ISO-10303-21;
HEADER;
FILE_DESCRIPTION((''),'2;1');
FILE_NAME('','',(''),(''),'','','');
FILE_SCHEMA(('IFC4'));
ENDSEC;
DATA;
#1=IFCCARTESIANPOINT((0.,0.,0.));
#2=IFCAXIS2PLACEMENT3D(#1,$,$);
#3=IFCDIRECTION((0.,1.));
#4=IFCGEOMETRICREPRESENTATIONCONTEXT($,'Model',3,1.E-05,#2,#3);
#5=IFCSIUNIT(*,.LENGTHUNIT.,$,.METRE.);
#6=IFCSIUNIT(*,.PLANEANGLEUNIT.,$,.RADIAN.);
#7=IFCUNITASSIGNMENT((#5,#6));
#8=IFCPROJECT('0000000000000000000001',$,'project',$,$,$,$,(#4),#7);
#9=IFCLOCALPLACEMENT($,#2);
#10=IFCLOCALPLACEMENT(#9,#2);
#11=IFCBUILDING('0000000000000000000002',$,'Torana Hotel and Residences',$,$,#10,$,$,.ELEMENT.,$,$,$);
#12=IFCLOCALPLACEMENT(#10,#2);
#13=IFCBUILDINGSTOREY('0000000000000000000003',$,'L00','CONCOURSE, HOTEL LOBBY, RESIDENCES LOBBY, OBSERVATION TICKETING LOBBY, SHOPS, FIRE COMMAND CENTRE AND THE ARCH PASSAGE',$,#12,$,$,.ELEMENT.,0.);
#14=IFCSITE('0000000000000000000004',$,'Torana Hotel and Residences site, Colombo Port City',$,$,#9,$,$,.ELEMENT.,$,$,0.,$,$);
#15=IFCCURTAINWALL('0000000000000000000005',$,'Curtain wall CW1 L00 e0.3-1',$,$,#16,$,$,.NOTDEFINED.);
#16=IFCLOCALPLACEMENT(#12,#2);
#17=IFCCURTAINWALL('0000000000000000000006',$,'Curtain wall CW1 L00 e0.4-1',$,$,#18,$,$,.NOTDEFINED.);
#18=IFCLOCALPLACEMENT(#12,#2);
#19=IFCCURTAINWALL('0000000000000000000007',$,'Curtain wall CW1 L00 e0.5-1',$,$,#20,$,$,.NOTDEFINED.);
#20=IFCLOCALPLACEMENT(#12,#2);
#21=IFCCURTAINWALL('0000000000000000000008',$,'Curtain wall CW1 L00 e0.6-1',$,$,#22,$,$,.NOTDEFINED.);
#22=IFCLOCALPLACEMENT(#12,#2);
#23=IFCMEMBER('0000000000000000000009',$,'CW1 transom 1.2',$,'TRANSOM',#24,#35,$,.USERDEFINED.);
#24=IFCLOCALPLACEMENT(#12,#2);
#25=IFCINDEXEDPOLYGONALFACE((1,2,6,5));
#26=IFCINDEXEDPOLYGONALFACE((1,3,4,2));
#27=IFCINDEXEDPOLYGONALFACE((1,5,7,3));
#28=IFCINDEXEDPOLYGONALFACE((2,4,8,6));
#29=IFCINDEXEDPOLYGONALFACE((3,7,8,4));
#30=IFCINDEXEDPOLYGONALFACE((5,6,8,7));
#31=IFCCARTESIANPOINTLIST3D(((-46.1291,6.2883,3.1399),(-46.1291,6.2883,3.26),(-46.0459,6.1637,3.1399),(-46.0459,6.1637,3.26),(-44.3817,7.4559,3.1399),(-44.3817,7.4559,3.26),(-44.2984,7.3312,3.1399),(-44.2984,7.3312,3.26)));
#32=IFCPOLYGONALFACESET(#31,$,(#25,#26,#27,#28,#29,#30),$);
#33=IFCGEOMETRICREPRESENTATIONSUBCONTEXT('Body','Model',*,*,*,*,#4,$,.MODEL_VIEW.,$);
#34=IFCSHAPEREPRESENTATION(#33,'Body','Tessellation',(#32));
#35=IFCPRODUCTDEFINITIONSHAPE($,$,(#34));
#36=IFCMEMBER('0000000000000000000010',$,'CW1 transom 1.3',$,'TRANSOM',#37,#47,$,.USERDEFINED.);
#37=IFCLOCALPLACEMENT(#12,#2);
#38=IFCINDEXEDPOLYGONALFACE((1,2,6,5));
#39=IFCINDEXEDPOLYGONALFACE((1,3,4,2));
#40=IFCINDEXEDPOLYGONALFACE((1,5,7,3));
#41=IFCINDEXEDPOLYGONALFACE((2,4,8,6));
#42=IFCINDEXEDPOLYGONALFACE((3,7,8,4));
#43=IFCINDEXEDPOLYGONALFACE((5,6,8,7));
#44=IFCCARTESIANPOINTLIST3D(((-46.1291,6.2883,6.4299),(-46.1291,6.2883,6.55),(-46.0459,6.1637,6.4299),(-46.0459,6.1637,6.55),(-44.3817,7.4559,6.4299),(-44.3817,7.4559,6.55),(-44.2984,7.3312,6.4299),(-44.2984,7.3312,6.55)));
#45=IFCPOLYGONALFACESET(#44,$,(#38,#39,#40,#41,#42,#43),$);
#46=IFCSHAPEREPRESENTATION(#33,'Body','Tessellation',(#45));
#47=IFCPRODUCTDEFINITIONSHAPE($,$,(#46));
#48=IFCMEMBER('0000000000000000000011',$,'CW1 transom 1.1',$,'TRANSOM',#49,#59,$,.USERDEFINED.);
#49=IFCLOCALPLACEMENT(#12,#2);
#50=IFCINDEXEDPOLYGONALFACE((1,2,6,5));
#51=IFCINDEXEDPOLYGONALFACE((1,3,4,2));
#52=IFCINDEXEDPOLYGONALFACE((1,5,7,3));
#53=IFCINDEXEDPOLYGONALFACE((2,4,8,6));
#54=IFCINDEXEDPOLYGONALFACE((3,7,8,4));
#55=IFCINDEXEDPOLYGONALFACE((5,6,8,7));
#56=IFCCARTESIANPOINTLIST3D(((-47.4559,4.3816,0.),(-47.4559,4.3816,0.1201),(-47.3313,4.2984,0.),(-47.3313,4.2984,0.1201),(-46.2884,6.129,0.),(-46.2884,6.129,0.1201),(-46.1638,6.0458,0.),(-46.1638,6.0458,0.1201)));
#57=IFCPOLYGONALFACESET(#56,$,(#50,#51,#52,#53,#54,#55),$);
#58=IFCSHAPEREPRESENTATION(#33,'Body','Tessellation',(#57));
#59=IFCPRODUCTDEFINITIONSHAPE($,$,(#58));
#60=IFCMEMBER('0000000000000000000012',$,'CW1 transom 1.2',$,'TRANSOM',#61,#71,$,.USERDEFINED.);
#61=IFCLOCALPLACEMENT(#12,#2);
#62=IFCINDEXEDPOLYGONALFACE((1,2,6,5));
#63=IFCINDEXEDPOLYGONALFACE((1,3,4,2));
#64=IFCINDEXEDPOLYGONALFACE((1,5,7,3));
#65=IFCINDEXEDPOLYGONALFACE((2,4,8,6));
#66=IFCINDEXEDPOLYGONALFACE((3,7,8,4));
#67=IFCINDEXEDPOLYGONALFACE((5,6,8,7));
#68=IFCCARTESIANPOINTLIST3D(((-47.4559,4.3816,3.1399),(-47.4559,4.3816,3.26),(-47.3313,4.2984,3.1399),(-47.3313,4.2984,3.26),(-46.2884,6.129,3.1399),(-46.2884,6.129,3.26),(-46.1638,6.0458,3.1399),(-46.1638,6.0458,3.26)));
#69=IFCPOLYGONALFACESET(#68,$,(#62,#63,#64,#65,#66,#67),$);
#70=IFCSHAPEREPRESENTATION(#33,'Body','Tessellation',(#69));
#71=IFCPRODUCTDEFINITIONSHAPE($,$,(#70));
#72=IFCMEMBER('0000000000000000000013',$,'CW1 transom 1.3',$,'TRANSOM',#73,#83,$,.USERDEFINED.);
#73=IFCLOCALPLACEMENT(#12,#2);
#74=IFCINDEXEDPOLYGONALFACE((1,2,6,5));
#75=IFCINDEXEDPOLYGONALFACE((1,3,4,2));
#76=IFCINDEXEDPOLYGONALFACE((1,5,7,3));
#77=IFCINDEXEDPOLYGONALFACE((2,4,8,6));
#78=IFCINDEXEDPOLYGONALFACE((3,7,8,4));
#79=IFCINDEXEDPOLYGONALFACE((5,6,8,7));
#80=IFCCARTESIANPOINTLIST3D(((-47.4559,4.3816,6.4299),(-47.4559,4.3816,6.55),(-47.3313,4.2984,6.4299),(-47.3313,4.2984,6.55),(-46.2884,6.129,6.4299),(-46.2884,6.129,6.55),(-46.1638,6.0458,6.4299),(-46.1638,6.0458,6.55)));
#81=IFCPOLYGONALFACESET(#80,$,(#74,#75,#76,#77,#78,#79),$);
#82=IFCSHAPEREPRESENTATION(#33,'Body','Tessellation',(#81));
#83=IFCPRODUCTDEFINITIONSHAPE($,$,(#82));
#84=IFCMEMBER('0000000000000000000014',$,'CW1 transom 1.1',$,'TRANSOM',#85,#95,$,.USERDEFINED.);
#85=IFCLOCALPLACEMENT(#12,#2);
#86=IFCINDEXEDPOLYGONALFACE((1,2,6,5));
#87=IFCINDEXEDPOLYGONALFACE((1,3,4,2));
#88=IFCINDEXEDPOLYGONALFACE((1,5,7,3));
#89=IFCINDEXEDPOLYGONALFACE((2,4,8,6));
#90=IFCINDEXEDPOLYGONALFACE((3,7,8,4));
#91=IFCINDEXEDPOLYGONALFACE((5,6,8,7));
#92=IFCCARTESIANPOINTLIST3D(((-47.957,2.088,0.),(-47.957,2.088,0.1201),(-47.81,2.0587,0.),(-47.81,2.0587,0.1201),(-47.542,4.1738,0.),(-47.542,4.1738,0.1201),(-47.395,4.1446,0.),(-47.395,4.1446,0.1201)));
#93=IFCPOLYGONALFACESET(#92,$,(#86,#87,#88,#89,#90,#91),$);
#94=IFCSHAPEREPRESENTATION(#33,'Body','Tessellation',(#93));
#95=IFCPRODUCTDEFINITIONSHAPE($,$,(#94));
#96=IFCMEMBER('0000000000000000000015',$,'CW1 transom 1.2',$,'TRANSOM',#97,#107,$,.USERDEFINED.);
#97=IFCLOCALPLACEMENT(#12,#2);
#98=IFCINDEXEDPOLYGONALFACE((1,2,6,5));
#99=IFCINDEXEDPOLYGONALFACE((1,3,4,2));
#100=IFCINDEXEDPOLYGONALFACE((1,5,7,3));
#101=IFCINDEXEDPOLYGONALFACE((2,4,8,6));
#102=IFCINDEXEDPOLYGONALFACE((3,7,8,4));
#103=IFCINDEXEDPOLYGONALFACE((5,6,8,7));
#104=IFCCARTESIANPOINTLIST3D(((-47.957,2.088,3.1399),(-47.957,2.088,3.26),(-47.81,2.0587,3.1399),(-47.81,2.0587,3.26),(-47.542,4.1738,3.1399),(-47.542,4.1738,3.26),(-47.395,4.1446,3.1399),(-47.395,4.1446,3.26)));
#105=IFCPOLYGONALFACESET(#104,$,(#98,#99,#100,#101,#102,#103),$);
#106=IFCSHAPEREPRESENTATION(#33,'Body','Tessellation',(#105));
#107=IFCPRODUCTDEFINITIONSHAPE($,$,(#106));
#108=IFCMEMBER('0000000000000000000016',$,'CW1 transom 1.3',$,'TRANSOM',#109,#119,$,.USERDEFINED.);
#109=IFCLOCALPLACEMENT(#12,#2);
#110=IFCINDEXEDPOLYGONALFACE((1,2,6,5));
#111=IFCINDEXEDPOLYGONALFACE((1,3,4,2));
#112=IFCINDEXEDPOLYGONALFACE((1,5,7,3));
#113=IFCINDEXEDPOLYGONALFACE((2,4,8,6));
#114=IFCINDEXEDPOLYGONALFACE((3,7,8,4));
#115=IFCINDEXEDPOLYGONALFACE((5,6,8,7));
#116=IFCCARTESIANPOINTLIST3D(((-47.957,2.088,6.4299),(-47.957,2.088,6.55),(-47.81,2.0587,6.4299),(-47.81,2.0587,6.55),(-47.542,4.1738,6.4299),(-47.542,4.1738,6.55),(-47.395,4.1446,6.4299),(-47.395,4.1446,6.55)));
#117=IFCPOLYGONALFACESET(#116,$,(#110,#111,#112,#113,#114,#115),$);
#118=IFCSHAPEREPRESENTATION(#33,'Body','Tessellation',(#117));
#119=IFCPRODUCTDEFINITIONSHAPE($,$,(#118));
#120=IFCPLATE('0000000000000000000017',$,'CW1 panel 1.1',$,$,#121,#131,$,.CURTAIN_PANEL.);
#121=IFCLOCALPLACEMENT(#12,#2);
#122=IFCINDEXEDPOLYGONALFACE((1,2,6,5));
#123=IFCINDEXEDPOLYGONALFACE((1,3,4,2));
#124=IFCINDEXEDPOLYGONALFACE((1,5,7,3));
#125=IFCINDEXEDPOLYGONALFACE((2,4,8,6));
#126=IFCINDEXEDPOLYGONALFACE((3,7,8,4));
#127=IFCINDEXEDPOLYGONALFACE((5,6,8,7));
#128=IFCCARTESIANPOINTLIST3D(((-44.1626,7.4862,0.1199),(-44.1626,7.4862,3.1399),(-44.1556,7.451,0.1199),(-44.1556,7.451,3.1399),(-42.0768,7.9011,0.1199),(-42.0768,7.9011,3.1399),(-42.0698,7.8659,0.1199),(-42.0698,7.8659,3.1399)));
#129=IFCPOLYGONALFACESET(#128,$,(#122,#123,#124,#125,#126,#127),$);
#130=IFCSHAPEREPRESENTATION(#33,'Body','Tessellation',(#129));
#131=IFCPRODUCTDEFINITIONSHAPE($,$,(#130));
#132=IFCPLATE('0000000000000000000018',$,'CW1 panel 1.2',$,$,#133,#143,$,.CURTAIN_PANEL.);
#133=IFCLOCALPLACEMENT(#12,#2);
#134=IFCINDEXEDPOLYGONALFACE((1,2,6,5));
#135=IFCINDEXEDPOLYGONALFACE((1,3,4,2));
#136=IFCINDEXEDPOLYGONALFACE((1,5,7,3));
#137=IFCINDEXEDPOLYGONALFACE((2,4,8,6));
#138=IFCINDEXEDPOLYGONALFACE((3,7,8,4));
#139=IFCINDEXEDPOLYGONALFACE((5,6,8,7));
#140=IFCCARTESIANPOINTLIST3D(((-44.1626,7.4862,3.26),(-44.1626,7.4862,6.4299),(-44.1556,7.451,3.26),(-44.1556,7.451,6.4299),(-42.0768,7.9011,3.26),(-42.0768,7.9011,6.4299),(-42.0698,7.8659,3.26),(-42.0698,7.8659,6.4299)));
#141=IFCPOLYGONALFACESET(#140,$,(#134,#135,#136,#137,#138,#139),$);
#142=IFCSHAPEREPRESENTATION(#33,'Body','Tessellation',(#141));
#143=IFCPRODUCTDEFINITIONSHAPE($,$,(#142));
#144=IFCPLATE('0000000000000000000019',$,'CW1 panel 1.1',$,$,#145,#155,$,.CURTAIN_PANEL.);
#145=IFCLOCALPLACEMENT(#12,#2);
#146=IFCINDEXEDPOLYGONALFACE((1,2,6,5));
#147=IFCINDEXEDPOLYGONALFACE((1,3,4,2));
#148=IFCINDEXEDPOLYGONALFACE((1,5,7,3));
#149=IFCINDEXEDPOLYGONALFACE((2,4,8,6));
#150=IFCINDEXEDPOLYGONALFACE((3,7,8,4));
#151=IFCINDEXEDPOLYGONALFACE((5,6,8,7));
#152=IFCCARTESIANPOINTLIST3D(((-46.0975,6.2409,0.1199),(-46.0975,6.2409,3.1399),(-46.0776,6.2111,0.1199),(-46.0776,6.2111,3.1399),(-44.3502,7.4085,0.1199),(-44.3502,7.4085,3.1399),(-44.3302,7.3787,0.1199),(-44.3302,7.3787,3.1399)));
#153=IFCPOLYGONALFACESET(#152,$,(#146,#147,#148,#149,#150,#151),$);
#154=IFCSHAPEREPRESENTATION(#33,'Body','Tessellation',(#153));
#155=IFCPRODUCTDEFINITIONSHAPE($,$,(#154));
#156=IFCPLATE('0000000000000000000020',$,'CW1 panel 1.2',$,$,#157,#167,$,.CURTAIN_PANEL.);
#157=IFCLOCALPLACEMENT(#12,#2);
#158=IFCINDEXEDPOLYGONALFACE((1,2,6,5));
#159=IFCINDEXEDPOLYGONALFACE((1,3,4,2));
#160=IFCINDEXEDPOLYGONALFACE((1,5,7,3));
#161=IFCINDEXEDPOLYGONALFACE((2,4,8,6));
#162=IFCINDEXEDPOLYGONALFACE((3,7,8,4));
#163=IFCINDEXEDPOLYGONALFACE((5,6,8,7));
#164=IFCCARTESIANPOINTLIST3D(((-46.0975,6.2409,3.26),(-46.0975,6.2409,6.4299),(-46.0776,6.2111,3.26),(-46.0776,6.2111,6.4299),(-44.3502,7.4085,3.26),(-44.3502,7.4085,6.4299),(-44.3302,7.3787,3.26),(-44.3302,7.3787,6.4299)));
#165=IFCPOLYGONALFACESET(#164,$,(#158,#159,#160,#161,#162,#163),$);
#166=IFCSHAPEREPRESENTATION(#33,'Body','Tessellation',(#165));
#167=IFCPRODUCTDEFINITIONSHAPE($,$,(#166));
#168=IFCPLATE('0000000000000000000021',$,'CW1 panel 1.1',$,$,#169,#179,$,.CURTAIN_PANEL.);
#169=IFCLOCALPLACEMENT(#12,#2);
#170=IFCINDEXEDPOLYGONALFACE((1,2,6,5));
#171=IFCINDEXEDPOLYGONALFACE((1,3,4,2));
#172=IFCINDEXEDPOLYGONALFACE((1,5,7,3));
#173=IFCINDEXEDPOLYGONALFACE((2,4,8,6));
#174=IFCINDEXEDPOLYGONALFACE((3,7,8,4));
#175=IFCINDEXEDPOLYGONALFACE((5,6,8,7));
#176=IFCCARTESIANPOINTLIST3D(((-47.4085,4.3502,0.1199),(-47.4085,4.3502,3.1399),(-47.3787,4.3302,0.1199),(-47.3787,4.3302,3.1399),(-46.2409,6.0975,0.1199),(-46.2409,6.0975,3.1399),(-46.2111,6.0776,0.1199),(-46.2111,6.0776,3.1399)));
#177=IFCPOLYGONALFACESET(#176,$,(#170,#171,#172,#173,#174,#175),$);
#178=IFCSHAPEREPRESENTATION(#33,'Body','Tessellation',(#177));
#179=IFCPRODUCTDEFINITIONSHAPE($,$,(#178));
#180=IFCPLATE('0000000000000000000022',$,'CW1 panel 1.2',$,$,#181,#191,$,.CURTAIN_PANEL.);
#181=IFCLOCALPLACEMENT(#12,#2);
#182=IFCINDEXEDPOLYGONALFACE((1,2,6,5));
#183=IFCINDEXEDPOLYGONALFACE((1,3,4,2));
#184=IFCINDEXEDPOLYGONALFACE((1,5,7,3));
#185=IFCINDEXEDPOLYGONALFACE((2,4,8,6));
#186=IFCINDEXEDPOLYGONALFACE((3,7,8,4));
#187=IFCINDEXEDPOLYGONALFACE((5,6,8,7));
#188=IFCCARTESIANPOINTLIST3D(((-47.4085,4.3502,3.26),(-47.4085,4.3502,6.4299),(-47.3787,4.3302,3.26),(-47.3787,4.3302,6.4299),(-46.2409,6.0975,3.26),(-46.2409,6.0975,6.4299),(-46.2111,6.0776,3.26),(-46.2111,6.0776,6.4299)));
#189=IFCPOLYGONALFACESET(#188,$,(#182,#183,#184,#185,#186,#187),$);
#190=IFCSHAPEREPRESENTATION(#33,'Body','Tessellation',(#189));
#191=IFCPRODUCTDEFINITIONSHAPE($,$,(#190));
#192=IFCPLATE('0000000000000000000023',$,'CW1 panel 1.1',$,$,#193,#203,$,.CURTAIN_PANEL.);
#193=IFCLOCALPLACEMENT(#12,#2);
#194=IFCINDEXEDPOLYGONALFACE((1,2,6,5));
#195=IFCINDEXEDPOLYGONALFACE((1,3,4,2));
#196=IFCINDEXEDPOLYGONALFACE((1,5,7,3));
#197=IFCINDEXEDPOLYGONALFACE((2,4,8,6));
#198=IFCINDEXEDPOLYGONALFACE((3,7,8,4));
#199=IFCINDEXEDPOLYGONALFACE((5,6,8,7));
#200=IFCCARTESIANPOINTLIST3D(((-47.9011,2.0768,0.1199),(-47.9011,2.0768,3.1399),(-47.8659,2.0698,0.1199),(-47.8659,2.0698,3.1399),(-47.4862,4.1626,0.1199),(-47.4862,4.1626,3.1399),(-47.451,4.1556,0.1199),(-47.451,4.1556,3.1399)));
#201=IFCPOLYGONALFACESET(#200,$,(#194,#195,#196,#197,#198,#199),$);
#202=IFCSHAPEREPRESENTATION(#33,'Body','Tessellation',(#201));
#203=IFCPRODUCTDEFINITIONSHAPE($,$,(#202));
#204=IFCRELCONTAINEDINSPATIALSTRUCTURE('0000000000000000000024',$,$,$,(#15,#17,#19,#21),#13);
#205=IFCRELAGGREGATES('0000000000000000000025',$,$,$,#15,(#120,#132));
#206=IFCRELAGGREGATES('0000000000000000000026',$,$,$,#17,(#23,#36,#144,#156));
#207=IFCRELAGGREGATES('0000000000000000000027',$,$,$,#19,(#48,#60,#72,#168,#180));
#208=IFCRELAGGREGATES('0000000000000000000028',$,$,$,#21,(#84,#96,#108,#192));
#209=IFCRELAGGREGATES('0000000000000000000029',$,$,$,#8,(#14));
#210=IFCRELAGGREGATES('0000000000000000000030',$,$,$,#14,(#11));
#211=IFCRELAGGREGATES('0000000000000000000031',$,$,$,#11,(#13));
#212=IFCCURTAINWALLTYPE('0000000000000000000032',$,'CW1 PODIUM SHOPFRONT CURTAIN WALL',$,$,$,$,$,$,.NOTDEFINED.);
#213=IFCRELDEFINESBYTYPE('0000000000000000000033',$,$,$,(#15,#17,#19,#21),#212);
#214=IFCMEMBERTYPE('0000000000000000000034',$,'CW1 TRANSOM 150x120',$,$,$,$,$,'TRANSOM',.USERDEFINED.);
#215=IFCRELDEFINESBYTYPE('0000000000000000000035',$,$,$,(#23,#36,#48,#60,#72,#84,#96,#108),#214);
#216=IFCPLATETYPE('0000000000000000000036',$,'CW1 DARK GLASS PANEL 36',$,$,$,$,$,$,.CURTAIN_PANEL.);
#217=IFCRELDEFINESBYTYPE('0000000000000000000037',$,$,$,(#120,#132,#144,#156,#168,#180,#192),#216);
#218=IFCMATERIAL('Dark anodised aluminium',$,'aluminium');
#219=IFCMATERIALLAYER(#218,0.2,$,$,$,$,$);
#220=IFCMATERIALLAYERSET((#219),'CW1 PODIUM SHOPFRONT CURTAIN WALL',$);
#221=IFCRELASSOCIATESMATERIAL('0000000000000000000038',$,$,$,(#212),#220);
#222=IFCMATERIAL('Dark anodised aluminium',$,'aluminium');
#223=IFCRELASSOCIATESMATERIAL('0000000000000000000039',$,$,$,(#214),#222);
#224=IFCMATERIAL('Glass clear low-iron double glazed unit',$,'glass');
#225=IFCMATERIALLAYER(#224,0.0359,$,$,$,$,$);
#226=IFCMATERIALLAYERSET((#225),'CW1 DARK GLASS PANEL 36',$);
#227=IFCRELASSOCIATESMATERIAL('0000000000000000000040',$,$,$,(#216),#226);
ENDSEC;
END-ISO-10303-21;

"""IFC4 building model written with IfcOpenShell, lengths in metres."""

from ifc_helpers import new_model, si_unit, direction, frame, origin, origin_2d, place, context, subcontext, project, spatial, rectangle, extrude, material, layer, layer_set, material_profile, profile_set, type_object, element, aggregate, save


model = new_model("IFC4")

# Units and contexts
model_context = context("Model", 3, precision=1e-05, world=origin(), true_north=direction((0.0, 1.0)))
body_context = subcontext(model_context, "Body", "Model", "MODEL_VIEW")
ifc_project = project(units=[si_unit("LENGTHUNIT", "METRE"), si_unit("PLANEANGLEUNIT", "RADIAN")], contexts=[model_context])

# Site, building, storey
site_placement = place(None, origin())
site = spatial("IfcSite", under=ifc_project, at=site_placement, Name="Torana Hotel and Residences site, Colombo Port City", CompositionType="ELEMENT", RefElevation=0.0)
building_placement = place(site_placement, origin())
building = spatial("IfcBuilding", under=site, at=building_placement, Name="Torana Hotel and Residences", CompositionType="ELEMENT")
storey_placement = place(building_placement, origin())
storey = spatial("IfcBuildingStorey", under=building, at=storey_placement, Name="L00", Description="CONCOURSE, HOTEL LOBBY, RESIDENCES LOBBY, OBSERVATION TICKETING LOBBY, SHOPS, FIRE COMMAND CENTRE AND THE ARCH PASSAGE", CompositionType="ELEMENT", Elevation=0.0)

# Curtain wall
ifc_material_1 = material(Name="Dark anodised aluminium", Category="aluminium")
ifc_layer_1 = layer(ifc_material_1, 0.2)
ifc_layer_set_1 = layer_set([ifc_layer_1], Name="CW1 PODIUM SHOPFRONT CURTAIN WALL")
curtain_wall_type = type_object("IfcCurtainWallType", Name="CW1 PODIUM SHOPFRONT CURTAIN WALL", PredefinedType="NOTDEFINED", material=ifc_layer_set_1)
curtain_wall_1_placement = place(storey_placement, origin())
curtain_wall_1 = element("IfcCurtainWall", 1, at=curtain_wall_1_placement, inside=storey, type_object=curtain_wall_type, Name="Curtain wall CW1 L00 e0.3-1", PredefinedType="NOTDEFINED")

# Curtain walls
curtain_wall_2_placement = place(storey_placement, origin())
curtain_wall_2 = element("IfcCurtainWall", 2, at=curtain_wall_2_placement, inside=storey, type_object=curtain_wall_type, Name="Curtain wall CW1 L00 e0.4-1", PredefinedType="NOTDEFINED")
curtain_wall_3_placement = place(storey_placement, origin())
curtain_wall_3 = element("IfcCurtainWall", 3, at=curtain_wall_3_placement, inside=storey, type_object=curtain_wall_type, Name="Curtain wall CW1 L00 e0.5-1", PredefinedType="NOTDEFINED")

# Curtain wall
curtain_wall_4_placement = place(storey_placement, origin())
curtain_wall_4 = element("IfcCurtainWall", 4, at=curtain_wall_4_placement, inside=storey, type_object=curtain_wall_type, Name="Curtain wall CW1 L00 e0.6-1", PredefinedType="NOTDEFINED")

# Members
ifc_material_2 = material(Name="Dark anodised aluminium", Category="aluminium")
ifc_material_profile_1 = material_profile(ifc_material_2, rectangle(XDim=0.1499, YDim=0.1201, at=origin_2d()), Name="CW1 TRANSOM 150x120")
ifc_profile_set_1 = profile_set([ifc_material_profile_1], Name="Dark anodised aluminium")
member_type_1 = type_object("IfcMemberType", Name="CW1 TRANSOM 150x120", ElementType="TRANSOM", PredefinedType="USERDEFINED", material=ifc_profile_set_1)
member_1_placement = place(storey_placement, frame((-44.3401, 7.3936, 3.2), z_axis=(-0.831478, -0.555558, 0.0), x_axis=(0.555558, -0.831478, 0.0)))
member_1 = element("IfcMember", 5, at=member_1_placement, type_object=member_type_1, Name="CW1 transom 1.2", ObjectType="TRANSOM", PredefinedType="USERDEFINED", context=body_context, shape_type="SweptSolid", body=[
    extrude(rectangle(XDim=0.1499, YDim=0.1201, at=origin_2d()), origin(), (0.0, 0.0, 1.0), 2.1016),
])
member_2_placement = place(storey_placement, frame((-44.3401, 7.3936, 6.49), z_axis=(-0.831478, -0.555558, 0.0), x_axis=(0.555558, -0.831478, 0.0)))
member_2 = element("IfcMember", 6, at=member_2_placement, type_object=member_type_1, Name="CW1 transom 1.3", ObjectType="TRANSOM", PredefinedType="USERDEFINED", context=body_context, shape_type="SweptSolid", body=[
    extrude(rectangle(XDim=0.1499, YDim=0.1201, at=origin_2d()), origin(), (0.0, 0.0, 1.0), 2.1016),
])
member_3_placement = place(storey_placement, frame((-46.2261, 6.0874, 0.0601), z_axis=(-0.555558, -0.831478, 0.0), x_axis=(0.831478, -0.555558, 0.0)))
member_3 = element("IfcMember", 7, at=member_3_placement, type_object=member_type_1, Name="CW1 transom 1.1", ObjectType="TRANSOM", PredefinedType="USERDEFINED", context=body_context, shape_type="SweptSolid", body=[
    extrude(rectangle(XDim=0.1499, YDim=0.1201, at=origin_2d()), origin(), (0.0, 0.0, 1.0), 2.1016),
])
member_4_placement = place(storey_placement, frame((-46.2261, 6.0874, 3.2), z_axis=(-0.555558, -0.831478, 0.0), x_axis=(0.831478, -0.555558, 0.0)))
member_4 = element("IfcMember", 8, at=member_4_placement, type_object=member_type_1, Name="CW1 transom 1.2", ObjectType="TRANSOM", PredefinedType="USERDEFINED", context=body_context, shape_type="SweptSolid", body=[
    extrude(rectangle(XDim=0.1499, YDim=0.1201, at=origin_2d()), origin(), (0.0, 0.0, 1.0), 2.1016),
])
member_5_placement = place(storey_placement, frame((-46.2261, 6.0874, 6.49), z_axis=(-0.555558, -0.831478, 0.0), x_axis=(0.831478, -0.555558, 0.0)))
member_5 = element("IfcMember", 9, at=member_5_placement, type_object=member_type_1, Name="CW1 transom 1.3", ObjectType="TRANSOM", PredefinedType="USERDEFINED", context=body_context, shape_type="SweptSolid", body=[
    extrude(rectangle(XDim=0.1499, YDim=0.1201, at=origin_2d()), origin(), (0.0, 0.0, 1.0), 2.1016),
])
member_6_placement = place(storey_placement, frame((-47.4685, 4.1592, 0.0601), z_axis=(-0.195145, -0.980774, 0.0), x_axis=(0.980774, -0.195145, 0.0)))
member_6 = element("IfcMember", 10, at=member_6_placement, type_object=member_type_1, Name="CW1 transom 1.1", ObjectType="TRANSOM", PredefinedType="USERDEFINED", context=body_context, shape_type="SweptSolid", body=[
    extrude(rectangle(XDim=0.1499, YDim=0.1201, at=origin_2d()), origin(), (0.0, 0.0, 1.0), 2.1267),
])
member_7_placement = place(storey_placement, frame((-47.4685, 4.1592, 3.2), z_axis=(-0.195145, -0.980774, 0.0), x_axis=(0.980774, -0.195145, 0.0)))
member_7 = element("IfcMember", 11, at=member_7_placement, type_object=member_type_1, Name="CW1 transom 1.2", ObjectType="TRANSOM", PredefinedType="USERDEFINED", context=body_context, shape_type="SweptSolid", body=[
    extrude(rectangle(XDim=0.1499, YDim=0.1201, at=origin_2d()), origin(), (0.0, 0.0, 1.0), 2.1267),
])
member_8_placement = place(storey_placement, frame((-47.4685, 4.1592, 6.49), z_axis=(-0.195145, -0.980774, 0.0), x_axis=(0.980774, -0.195145, 0.0)))
member_8 = element("IfcMember", 12, at=member_8_placement, type_object=member_type_1, Name="CW1 transom 1.3", ObjectType="TRANSOM", PredefinedType="USERDEFINED", context=body_context, shape_type="SweptSolid", body=[
    extrude(rectangle(XDim=0.1499, YDim=0.1201, at=origin_2d()), origin(), (0.0, 0.0, 1.0), 2.1267),
])

# Plates
ifc_material_3 = material(Name="Glass clear low-iron double glazed unit", Category="glass")
ifc_layer_2 = layer(ifc_material_3, 0.0359)
ifc_layer_set_2 = layer_set([ifc_layer_2], Name="CW1 DARK GLASS PANEL 36")
plate_type = type_object("IfcPlateType", Name="CW1 DARK GLASS PANEL 36", PredefinedType="CURTAIN_PANEL", material=ifc_layer_set_2)
plate_1_placement = place(storey_placement, frame((-43.1162, 7.676, 0.1199), z_axis=(0.0, 0.0, 1.0), x_axis=(-0.980787, -0.195081, 0.0)))
plate_1 = element("IfcPlate", 13, at=plate_1_placement, type_object=plate_type, Name="CW1 panel 1.1", PredefinedType="CURTAIN_PANEL", context=body_context, shape_type="SweptSolid", body=[
    extrude(rectangle(XDim=2.1267, YDim=0.0359, at=origin_2d()), origin(), (0.0, 0.0, 1.0), 3.02),
])
plate_2_placement = place(storey_placement, frame((-43.1162, 7.676, 3.26), z_axis=(0.0, 0.0, 1.0), x_axis=(-0.980787, -0.195081, 0.0)))
plate_2 = element("IfcPlate", 14, at=plate_2_placement, type_object=plate_type, Name="CW1 panel 1.2", PredefinedType="CURTAIN_PANEL", context=body_context, shape_type="SweptSolid", body=[
    extrude(rectangle(XDim=2.1267, YDim=0.0359, at=origin_2d()), origin(), (0.0, 0.0, 1.0), 3.1699),
])
aggregate(curtain_wall_1, [plate_1, plate_2])
plate_3_placement = place(storey_placement, frame((-45.2139, 6.8098, 0.1199), z_axis=(0.0, 0.0, 1.0), x_axis=(-0.83146, -0.555585, 0.0)))
plate_3 = element("IfcPlate", 15, at=plate_3_placement, type_object=plate_type, Name="CW1 panel 1.1", PredefinedType="CURTAIN_PANEL", context=body_context, shape_type="SweptSolid", body=[
    extrude(rectangle(XDim=2.1016, YDim=0.0359, at=origin_2d()), origin(), (0.0, 0.0, 1.0), 3.02),
])
plate_4_placement = place(storey_placement, frame((-45.2139, 6.8098, 3.26), z_axis=(0.0, 0.0, 1.0), x_axis=(-0.83146, -0.555585, 0.0)))
plate_4 = element("IfcPlate", 16, at=plate_4_placement, type_object=plate_type, Name="CW1 panel 1.2", PredefinedType="CURTAIN_PANEL", context=body_context, shape_type="SweptSolid", body=[
    extrude(rectangle(XDim=2.1016, YDim=0.0359, at=origin_2d()), origin(), (0.0, 0.0, 1.0), 3.1699),
])
aggregate(curtain_wall_2, [member_1, member_2, plate_3, plate_4])
plate_5_placement = place(storey_placement, frame((-46.8098, 5.2139, 0.1199), z_axis=(0.0, 0.0, 1.0), x_axis=(-0.555585, -0.83146, 0.0)))
plate_5 = element("IfcPlate", 17, at=plate_5_placement, type_object=plate_type, Name="CW1 panel 1.1", PredefinedType="CURTAIN_PANEL", context=body_context, shape_type="SweptSolid", body=[
    extrude(rectangle(XDim=2.1016, YDim=0.0359, at=origin_2d()), origin(), (0.0, 0.0, 1.0), 3.02),
])
plate_6_placement = place(storey_placement, frame((-46.8098, 5.2139, 3.26), z_axis=(0.0, 0.0, 1.0), x_axis=(-0.555585, -0.83146, 0.0)))
plate_6 = element("IfcPlate", 18, at=plate_6_placement, type_object=plate_type, Name="CW1 panel 1.2", PredefinedType="CURTAIN_PANEL", context=body_context, shape_type="SweptSolid", body=[
    extrude(rectangle(XDim=2.1016, YDim=0.0359, at=origin_2d()), origin(), (0.0, 0.0, 1.0), 3.1699),
])
aggregate(curtain_wall_3, [member_3, member_4, member_5, plate_5, plate_6])
plate_7_placement = place(storey_placement, frame((-47.676, 3.1162, 0.1199), z_axis=(0.0, 0.0, 1.0), x_axis=(-0.195081, -0.980787, 0.0)))
plate_7 = element("IfcPlate", 19, at=plate_7_placement, type_object=plate_type, Name="CW1 panel 1.1", PredefinedType="CURTAIN_PANEL", context=body_context, shape_type="SweptSolid", body=[
    extrude(rectangle(XDim=2.1267, YDim=0.0359, at=origin_2d()), origin(), (0.0, 0.0, 1.0), 3.02),
])
aggregate(curtain_wall_4, [member_6, member_7, member_8, plate_7])

save(model, "model.ifc")
